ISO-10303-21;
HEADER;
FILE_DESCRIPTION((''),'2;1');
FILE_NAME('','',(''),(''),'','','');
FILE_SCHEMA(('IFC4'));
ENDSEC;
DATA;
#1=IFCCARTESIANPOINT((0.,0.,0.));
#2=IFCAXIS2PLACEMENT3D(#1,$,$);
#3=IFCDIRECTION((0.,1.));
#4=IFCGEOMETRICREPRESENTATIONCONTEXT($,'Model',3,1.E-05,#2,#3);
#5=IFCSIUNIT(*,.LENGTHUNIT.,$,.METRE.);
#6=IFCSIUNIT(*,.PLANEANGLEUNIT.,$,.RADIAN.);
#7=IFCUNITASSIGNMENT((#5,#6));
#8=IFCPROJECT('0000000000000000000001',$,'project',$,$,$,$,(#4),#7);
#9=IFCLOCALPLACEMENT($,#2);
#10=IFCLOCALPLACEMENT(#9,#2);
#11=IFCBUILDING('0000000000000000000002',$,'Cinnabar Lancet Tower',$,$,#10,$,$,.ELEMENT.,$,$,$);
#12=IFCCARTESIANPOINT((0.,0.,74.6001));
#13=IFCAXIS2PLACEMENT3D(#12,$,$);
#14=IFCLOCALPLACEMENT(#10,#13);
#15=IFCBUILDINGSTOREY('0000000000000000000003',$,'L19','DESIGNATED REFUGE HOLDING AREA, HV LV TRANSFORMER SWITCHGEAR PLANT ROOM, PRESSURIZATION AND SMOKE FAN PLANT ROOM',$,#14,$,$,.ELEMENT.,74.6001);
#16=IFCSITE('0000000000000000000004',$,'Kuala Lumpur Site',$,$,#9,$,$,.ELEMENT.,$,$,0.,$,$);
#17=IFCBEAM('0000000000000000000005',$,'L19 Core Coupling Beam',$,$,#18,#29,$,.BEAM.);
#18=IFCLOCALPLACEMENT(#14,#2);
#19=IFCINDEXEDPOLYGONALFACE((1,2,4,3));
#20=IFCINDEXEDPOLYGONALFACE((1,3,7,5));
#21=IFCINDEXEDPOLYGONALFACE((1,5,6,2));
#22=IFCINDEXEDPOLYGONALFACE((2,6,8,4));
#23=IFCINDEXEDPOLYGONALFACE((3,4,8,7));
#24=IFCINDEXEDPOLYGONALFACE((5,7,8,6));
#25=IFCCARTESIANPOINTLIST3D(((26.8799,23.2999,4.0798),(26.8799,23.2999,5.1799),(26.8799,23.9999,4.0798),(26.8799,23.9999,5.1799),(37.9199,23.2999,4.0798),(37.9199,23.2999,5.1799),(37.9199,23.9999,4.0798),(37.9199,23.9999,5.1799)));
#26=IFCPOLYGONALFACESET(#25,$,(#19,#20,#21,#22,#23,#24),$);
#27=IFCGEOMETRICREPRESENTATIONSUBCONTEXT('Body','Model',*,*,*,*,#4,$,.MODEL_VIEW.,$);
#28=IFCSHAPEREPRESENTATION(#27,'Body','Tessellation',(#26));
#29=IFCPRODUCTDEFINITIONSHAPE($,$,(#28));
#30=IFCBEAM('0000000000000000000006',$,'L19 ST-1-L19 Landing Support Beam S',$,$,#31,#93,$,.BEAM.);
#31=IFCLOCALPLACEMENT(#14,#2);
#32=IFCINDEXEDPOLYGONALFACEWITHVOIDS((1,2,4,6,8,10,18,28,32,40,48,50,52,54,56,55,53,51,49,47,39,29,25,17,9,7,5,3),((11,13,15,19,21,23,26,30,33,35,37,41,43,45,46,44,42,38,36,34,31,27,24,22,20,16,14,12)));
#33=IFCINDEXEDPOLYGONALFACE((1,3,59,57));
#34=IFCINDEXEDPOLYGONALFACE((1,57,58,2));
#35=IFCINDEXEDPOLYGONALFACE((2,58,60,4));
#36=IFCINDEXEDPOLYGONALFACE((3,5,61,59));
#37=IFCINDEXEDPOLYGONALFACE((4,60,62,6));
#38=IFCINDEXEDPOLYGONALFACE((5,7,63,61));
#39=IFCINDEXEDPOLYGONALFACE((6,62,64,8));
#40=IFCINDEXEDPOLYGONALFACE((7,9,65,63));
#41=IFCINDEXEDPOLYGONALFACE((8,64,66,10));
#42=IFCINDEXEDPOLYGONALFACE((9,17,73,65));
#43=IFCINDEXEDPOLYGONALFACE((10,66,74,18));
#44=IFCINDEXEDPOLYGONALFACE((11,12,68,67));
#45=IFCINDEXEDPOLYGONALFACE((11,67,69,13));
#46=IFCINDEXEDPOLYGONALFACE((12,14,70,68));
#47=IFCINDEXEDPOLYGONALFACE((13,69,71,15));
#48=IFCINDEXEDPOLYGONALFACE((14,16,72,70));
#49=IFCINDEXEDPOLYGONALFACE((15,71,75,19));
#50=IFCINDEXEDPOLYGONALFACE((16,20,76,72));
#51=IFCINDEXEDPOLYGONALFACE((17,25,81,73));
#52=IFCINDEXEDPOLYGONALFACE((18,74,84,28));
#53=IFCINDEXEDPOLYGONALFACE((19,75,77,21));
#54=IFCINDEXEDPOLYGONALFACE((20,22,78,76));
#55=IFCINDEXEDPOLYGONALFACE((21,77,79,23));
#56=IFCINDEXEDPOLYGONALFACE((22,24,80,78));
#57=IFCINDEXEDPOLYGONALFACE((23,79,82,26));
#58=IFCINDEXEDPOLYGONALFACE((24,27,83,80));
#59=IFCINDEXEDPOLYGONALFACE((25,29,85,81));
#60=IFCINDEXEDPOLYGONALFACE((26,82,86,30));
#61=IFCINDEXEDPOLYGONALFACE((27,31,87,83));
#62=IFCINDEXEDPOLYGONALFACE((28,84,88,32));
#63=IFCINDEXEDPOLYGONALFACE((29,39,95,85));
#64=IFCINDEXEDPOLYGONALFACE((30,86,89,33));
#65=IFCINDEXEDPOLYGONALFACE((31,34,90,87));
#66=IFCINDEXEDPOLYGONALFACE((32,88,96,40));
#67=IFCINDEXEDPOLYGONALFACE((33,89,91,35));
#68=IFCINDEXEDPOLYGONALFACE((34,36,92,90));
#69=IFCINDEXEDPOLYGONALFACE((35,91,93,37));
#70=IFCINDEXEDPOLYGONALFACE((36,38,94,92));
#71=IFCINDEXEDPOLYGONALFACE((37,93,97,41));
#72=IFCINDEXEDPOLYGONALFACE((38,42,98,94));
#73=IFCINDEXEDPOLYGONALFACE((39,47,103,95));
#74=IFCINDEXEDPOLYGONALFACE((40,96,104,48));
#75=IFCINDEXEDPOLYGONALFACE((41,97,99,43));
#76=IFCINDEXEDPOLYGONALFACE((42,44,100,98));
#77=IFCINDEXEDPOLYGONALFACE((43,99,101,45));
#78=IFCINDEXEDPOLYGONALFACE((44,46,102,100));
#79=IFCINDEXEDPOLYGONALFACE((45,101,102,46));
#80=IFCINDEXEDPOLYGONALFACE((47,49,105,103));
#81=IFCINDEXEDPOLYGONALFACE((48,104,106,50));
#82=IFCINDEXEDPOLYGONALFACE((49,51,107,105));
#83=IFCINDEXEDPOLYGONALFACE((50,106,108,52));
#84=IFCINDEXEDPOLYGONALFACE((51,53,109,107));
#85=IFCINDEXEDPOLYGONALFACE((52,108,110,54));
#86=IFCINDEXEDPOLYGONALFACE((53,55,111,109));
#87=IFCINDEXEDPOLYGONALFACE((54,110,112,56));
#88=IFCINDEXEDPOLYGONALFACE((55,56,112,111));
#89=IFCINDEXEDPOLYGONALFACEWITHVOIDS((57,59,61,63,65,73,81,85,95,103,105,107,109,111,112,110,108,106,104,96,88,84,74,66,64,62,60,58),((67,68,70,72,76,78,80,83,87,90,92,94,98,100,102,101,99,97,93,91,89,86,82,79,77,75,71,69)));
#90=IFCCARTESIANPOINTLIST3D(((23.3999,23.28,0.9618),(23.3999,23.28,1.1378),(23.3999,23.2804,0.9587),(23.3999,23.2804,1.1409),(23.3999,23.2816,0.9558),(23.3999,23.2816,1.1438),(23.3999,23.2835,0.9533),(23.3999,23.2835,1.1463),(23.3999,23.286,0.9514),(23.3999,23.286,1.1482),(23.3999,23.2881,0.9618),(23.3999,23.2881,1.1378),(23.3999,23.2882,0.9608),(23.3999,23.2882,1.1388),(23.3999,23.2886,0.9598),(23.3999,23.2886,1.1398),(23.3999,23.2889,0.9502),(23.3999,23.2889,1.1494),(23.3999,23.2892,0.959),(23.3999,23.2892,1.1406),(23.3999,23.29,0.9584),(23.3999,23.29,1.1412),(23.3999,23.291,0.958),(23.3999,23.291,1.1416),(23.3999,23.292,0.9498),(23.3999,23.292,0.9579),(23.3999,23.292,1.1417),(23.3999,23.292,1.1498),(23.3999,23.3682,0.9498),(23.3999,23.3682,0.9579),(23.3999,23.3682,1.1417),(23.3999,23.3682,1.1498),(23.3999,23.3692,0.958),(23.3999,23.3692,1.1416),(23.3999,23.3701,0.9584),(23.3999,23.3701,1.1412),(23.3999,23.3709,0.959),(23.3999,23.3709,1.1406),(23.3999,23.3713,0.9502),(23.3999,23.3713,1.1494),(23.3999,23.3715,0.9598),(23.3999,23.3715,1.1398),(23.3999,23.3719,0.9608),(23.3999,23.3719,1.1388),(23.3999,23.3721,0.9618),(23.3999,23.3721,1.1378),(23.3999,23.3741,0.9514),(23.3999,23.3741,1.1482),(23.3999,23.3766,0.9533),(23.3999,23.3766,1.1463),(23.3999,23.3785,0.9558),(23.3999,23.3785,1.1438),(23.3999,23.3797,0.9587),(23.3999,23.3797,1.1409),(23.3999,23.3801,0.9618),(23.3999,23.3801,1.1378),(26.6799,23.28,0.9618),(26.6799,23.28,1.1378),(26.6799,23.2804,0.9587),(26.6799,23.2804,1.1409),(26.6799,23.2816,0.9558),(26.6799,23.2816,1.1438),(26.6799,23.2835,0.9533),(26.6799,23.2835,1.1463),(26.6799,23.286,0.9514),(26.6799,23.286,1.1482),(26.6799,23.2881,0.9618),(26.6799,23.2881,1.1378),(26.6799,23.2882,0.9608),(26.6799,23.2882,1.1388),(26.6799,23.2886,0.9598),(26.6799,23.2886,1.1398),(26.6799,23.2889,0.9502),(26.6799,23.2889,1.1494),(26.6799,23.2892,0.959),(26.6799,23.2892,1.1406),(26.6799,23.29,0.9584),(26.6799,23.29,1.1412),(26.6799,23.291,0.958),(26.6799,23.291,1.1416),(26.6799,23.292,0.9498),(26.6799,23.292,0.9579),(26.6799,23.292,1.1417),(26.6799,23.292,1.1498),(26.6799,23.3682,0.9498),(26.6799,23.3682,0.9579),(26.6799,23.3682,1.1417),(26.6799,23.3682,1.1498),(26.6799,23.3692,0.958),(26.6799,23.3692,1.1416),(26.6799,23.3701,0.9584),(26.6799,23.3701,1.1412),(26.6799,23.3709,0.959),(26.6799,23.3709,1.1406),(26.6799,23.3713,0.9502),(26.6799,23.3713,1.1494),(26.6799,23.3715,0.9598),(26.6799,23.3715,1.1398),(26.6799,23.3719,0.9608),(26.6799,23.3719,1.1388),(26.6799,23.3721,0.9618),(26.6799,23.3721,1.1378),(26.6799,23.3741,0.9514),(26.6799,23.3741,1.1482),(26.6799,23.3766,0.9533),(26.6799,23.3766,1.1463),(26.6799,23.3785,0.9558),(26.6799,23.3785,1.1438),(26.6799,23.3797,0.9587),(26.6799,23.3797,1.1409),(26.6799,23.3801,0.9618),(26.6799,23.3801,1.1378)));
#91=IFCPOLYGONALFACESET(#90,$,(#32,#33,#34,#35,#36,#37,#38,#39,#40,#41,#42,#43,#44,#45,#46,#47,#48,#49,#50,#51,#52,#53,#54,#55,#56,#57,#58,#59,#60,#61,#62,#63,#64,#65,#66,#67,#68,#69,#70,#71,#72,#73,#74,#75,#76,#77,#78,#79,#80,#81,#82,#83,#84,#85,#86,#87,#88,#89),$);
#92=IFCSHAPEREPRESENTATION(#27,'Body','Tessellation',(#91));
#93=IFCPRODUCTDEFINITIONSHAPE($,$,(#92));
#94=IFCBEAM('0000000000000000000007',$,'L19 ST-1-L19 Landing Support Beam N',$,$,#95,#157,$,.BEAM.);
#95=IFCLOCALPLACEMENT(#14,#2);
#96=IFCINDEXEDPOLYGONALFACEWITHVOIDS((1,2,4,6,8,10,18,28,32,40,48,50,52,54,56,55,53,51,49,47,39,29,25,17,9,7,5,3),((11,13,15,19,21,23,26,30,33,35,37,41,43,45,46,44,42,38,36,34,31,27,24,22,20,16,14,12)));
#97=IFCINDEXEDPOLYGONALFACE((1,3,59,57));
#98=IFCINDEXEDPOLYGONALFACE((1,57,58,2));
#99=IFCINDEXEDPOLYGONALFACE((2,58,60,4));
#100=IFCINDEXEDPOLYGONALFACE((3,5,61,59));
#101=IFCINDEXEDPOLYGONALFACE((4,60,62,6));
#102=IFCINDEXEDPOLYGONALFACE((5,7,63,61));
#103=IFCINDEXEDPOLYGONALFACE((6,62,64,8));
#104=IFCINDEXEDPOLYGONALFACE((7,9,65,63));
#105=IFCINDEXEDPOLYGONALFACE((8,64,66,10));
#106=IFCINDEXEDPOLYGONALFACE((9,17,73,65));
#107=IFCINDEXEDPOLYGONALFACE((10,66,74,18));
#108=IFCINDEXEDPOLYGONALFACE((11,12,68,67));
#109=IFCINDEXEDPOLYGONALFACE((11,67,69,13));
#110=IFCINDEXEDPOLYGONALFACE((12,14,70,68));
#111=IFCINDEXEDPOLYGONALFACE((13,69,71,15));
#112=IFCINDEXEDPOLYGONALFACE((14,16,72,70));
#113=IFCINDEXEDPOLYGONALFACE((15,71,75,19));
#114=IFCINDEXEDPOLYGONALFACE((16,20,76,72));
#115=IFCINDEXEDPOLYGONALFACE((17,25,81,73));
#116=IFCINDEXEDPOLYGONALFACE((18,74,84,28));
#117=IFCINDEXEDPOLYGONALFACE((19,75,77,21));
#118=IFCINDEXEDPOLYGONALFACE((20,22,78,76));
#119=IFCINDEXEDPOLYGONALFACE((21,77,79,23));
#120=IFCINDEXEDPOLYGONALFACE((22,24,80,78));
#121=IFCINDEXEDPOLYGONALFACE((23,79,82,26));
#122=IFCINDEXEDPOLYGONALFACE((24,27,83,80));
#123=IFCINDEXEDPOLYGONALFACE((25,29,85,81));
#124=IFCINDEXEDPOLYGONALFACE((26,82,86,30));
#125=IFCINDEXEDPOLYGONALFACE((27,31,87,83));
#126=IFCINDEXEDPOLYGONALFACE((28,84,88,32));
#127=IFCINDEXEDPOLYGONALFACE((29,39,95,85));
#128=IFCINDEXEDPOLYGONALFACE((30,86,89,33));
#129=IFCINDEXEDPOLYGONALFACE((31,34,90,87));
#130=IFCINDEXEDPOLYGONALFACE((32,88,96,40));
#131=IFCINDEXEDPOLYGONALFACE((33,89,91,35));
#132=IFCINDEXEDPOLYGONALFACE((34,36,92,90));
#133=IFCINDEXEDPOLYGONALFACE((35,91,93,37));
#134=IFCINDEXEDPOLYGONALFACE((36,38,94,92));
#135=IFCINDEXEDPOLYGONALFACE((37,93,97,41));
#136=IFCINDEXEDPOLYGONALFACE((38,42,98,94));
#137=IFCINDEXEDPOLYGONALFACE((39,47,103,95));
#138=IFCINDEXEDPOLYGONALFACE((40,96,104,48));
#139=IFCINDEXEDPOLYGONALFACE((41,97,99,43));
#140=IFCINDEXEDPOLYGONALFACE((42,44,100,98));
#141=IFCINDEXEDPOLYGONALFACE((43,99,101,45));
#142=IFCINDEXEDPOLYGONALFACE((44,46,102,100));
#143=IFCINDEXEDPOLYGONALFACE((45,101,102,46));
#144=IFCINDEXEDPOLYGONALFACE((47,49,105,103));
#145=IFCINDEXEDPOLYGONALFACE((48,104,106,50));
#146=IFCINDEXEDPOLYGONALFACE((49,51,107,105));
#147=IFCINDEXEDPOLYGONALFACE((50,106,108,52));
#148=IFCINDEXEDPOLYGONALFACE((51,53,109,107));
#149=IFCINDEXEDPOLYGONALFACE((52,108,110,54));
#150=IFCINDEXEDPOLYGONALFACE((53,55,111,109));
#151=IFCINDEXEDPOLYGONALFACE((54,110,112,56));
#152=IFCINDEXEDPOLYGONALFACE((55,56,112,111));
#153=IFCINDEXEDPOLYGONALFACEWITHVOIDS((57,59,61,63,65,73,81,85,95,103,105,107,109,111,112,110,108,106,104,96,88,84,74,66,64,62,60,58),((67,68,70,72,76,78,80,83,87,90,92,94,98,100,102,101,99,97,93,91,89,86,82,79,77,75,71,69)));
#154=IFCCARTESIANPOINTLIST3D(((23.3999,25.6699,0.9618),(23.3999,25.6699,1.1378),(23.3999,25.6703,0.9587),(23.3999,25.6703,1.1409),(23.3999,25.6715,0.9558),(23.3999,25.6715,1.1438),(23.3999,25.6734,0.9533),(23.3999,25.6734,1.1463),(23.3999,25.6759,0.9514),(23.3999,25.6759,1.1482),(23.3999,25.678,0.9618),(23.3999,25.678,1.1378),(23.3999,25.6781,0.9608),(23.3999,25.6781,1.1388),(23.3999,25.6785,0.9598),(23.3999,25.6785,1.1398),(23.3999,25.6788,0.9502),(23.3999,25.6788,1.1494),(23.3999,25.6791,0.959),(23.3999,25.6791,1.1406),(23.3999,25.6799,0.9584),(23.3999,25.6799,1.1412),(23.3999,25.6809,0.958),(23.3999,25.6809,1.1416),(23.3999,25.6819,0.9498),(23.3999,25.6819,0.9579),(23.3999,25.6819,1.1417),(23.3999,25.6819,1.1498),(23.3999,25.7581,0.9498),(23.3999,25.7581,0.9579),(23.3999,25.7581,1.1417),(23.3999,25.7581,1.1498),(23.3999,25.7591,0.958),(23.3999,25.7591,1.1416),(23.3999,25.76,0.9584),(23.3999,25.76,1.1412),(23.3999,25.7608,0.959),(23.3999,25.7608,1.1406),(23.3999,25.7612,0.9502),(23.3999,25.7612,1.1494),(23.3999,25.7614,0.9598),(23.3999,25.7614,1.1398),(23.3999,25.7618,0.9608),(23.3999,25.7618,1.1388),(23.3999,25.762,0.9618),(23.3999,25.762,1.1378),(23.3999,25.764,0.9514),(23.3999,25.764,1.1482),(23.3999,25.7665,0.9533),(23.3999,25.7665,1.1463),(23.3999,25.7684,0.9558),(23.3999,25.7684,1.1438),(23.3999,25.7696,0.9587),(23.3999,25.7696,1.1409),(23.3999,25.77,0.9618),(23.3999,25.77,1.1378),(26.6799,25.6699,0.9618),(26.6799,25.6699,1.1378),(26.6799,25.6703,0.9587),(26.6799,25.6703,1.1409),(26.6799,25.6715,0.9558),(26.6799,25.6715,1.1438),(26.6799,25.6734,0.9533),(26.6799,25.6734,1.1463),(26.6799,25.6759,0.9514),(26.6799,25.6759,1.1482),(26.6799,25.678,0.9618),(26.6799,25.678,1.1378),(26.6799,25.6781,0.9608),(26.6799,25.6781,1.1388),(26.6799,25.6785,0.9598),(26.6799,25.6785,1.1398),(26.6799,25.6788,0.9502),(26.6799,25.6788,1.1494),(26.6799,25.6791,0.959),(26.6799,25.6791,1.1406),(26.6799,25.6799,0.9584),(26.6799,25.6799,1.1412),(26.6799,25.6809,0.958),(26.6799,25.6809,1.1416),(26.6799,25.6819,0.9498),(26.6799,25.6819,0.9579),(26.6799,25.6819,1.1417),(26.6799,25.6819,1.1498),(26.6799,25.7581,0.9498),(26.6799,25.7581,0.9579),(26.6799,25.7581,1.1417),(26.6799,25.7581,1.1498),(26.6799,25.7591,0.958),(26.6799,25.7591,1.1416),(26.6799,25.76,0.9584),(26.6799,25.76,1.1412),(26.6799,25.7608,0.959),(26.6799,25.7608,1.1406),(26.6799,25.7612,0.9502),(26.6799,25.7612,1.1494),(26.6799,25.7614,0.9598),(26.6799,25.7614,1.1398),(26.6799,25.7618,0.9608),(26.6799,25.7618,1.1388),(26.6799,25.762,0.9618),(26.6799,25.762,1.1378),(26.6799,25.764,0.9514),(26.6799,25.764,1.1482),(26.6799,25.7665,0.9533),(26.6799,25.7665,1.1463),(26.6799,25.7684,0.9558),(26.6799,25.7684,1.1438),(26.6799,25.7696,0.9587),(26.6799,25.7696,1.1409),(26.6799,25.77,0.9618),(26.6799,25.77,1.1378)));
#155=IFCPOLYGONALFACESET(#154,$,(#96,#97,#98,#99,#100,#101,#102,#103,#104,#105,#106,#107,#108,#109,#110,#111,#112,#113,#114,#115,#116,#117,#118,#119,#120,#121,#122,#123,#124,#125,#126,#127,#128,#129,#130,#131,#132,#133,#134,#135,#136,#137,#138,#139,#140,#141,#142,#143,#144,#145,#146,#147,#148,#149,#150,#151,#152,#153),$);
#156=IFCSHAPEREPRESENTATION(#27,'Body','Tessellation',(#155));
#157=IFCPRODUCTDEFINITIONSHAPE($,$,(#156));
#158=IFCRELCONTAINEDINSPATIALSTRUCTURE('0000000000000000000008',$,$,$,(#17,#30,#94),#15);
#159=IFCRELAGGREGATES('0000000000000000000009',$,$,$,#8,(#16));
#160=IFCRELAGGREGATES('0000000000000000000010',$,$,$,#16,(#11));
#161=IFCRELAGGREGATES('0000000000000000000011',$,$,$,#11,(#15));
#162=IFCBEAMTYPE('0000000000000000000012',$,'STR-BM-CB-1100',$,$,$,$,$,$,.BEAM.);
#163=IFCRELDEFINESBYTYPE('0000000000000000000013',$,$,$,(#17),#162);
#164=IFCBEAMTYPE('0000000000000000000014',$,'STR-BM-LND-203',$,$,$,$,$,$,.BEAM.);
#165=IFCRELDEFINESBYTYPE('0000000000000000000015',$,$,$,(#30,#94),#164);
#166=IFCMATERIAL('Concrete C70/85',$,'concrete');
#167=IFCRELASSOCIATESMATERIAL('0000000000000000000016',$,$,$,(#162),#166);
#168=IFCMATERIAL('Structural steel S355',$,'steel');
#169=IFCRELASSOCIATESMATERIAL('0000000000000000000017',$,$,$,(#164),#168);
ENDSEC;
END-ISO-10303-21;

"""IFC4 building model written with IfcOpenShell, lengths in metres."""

from ifc_helpers import new_model, si_unit, direction, frame, origin, origin_2d, place, context, subcontext, project, spatial, rectangle, hollow_rectangle, extrude, material, material_profile, profile_set, type_object, element, save


model = new_model("IFC4")

# Units and contexts
model_context = context("Model", 3, precision=1e-05, world=origin(), true_north=direction((0.0, 1.0)))
body_context = subcontext(model_context, "Body", "Model", "MODEL_VIEW")
ifc_project = project(units=[si_unit("LENGTHUNIT", "METRE"), si_unit("PLANEANGLEUNIT", "RADIAN")], contexts=[model_context])

# Site, building, storey
site_placement = place(None, origin())
site = spatial("IfcSite", under=ifc_project, at=site_placement, Name="Kuala Lumpur Site", CompositionType="ELEMENT", RefElevation=0.0)
building_placement = place(site_placement, origin())
building = spatial("IfcBuilding", under=site, at=building_placement, Name="Cinnabar Lancet Tower", CompositionType="ELEMENT")
storey_placement = place(building_placement, frame((0.0, 0.0, 74.6001)))
storey = spatial("IfcBuildingStorey", under=building, at=storey_placement, Name="L19", Description="DESIGNATED REFUGE HOLDING AREA, HV LV TRANSFORMER SWITCHGEAR PLANT ROOM, PRESSURIZATION AND SMOKE FAN PLANT ROOM", CompositionType="ELEMENT", Elevation=74.6001)

# Beams
ifc_material_1 = material(Name="Concrete C70/85", Category="concrete")
ifc_material_profile_1 = material_profile(ifc_material_1, rectangle(XDim=0.7, YDim=1.1001, at=origin_2d()), Name="RC-CB 700x1100")
ifc_profile_set_1 = profile_set([ifc_material_profile_1], Name="Concrete C70/85")
beam_type_1 = type_object("IfcBeamType", Name="STR-BM-CB-1100", PredefinedType="BEAM", material=ifc_profile_set_1)
beam_1_placement = place(storey_placement, frame((26.8799, 23.6499, 4.6299), z_axis=(1.0, 0.0, 0.0), x_axis=(0.0, 1.0, 0.0)))
element("IfcBeam", 1, at=beam_1_placement, inside=storey, type_object=beam_type_1, Name="L19 Core Coupling Beam", PredefinedType="BEAM", context=body_context, shape_type="SweptSolid", body=[
    extrude(rectangle(XDim=0.7, YDim=1.1001, at=origin_2d()), origin(), (0.0, 0.0, 1.0), 11.04),
])
ifc_material_2 = material(Name="Structural steel S355", Category="steel")
ifc_material_profile_2 = material_profile(ifc_material_2, hollow_rectangle(XDim=0.1001, YDim=0.2, WallThickness=0.0081, InnerFilletRadius=0.0039, OuterFilletRadius=0.012, at=origin_2d()), Name="RHS 200x100x8")
ifc_profile_set_2 = profile_set([ifc_material_profile_2], Name="Structural steel S355")
beam_type_2 = type_object("IfcBeamType", Name="STR-BM-LND-203", PredefinedType="BEAM", material=ifc_profile_set_2)
for number, where, z_axis, x_axis, name in (
    (2, (23.3999, 23.3301, 1.0498), (1.0, 0.0, 0.0), (0.0, 1.0, 0.0), "L19 ST-1-L19 Landing Support Beam S"),
    (3, (23.3999, 25.72, 1.0498), (1.0, 0.0, 0.0), (0.0, 1.0, 0.0), "L19 ST-1-L19 Landing Support Beam N"),
):
    element("IfcBeam", number, at=place(storey_placement, frame(where, z_axis=z_axis, x_axis=x_axis)), inside=storey, type_object=beam_type_2, Name=name, PredefinedType="BEAM", context=body_context, shape_type="SweptSolid", body=[
        extrude(hollow_rectangle(XDim=0.1001, YDim=0.2, WallThickness=0.0081, InnerFilletRadius=0.0039, OuterFilletRadius=0.012, at=origin_2d()), origin(), (0.0, 0.0, 1.0), 3.28),
    ])

save(model, "model.ifc")
